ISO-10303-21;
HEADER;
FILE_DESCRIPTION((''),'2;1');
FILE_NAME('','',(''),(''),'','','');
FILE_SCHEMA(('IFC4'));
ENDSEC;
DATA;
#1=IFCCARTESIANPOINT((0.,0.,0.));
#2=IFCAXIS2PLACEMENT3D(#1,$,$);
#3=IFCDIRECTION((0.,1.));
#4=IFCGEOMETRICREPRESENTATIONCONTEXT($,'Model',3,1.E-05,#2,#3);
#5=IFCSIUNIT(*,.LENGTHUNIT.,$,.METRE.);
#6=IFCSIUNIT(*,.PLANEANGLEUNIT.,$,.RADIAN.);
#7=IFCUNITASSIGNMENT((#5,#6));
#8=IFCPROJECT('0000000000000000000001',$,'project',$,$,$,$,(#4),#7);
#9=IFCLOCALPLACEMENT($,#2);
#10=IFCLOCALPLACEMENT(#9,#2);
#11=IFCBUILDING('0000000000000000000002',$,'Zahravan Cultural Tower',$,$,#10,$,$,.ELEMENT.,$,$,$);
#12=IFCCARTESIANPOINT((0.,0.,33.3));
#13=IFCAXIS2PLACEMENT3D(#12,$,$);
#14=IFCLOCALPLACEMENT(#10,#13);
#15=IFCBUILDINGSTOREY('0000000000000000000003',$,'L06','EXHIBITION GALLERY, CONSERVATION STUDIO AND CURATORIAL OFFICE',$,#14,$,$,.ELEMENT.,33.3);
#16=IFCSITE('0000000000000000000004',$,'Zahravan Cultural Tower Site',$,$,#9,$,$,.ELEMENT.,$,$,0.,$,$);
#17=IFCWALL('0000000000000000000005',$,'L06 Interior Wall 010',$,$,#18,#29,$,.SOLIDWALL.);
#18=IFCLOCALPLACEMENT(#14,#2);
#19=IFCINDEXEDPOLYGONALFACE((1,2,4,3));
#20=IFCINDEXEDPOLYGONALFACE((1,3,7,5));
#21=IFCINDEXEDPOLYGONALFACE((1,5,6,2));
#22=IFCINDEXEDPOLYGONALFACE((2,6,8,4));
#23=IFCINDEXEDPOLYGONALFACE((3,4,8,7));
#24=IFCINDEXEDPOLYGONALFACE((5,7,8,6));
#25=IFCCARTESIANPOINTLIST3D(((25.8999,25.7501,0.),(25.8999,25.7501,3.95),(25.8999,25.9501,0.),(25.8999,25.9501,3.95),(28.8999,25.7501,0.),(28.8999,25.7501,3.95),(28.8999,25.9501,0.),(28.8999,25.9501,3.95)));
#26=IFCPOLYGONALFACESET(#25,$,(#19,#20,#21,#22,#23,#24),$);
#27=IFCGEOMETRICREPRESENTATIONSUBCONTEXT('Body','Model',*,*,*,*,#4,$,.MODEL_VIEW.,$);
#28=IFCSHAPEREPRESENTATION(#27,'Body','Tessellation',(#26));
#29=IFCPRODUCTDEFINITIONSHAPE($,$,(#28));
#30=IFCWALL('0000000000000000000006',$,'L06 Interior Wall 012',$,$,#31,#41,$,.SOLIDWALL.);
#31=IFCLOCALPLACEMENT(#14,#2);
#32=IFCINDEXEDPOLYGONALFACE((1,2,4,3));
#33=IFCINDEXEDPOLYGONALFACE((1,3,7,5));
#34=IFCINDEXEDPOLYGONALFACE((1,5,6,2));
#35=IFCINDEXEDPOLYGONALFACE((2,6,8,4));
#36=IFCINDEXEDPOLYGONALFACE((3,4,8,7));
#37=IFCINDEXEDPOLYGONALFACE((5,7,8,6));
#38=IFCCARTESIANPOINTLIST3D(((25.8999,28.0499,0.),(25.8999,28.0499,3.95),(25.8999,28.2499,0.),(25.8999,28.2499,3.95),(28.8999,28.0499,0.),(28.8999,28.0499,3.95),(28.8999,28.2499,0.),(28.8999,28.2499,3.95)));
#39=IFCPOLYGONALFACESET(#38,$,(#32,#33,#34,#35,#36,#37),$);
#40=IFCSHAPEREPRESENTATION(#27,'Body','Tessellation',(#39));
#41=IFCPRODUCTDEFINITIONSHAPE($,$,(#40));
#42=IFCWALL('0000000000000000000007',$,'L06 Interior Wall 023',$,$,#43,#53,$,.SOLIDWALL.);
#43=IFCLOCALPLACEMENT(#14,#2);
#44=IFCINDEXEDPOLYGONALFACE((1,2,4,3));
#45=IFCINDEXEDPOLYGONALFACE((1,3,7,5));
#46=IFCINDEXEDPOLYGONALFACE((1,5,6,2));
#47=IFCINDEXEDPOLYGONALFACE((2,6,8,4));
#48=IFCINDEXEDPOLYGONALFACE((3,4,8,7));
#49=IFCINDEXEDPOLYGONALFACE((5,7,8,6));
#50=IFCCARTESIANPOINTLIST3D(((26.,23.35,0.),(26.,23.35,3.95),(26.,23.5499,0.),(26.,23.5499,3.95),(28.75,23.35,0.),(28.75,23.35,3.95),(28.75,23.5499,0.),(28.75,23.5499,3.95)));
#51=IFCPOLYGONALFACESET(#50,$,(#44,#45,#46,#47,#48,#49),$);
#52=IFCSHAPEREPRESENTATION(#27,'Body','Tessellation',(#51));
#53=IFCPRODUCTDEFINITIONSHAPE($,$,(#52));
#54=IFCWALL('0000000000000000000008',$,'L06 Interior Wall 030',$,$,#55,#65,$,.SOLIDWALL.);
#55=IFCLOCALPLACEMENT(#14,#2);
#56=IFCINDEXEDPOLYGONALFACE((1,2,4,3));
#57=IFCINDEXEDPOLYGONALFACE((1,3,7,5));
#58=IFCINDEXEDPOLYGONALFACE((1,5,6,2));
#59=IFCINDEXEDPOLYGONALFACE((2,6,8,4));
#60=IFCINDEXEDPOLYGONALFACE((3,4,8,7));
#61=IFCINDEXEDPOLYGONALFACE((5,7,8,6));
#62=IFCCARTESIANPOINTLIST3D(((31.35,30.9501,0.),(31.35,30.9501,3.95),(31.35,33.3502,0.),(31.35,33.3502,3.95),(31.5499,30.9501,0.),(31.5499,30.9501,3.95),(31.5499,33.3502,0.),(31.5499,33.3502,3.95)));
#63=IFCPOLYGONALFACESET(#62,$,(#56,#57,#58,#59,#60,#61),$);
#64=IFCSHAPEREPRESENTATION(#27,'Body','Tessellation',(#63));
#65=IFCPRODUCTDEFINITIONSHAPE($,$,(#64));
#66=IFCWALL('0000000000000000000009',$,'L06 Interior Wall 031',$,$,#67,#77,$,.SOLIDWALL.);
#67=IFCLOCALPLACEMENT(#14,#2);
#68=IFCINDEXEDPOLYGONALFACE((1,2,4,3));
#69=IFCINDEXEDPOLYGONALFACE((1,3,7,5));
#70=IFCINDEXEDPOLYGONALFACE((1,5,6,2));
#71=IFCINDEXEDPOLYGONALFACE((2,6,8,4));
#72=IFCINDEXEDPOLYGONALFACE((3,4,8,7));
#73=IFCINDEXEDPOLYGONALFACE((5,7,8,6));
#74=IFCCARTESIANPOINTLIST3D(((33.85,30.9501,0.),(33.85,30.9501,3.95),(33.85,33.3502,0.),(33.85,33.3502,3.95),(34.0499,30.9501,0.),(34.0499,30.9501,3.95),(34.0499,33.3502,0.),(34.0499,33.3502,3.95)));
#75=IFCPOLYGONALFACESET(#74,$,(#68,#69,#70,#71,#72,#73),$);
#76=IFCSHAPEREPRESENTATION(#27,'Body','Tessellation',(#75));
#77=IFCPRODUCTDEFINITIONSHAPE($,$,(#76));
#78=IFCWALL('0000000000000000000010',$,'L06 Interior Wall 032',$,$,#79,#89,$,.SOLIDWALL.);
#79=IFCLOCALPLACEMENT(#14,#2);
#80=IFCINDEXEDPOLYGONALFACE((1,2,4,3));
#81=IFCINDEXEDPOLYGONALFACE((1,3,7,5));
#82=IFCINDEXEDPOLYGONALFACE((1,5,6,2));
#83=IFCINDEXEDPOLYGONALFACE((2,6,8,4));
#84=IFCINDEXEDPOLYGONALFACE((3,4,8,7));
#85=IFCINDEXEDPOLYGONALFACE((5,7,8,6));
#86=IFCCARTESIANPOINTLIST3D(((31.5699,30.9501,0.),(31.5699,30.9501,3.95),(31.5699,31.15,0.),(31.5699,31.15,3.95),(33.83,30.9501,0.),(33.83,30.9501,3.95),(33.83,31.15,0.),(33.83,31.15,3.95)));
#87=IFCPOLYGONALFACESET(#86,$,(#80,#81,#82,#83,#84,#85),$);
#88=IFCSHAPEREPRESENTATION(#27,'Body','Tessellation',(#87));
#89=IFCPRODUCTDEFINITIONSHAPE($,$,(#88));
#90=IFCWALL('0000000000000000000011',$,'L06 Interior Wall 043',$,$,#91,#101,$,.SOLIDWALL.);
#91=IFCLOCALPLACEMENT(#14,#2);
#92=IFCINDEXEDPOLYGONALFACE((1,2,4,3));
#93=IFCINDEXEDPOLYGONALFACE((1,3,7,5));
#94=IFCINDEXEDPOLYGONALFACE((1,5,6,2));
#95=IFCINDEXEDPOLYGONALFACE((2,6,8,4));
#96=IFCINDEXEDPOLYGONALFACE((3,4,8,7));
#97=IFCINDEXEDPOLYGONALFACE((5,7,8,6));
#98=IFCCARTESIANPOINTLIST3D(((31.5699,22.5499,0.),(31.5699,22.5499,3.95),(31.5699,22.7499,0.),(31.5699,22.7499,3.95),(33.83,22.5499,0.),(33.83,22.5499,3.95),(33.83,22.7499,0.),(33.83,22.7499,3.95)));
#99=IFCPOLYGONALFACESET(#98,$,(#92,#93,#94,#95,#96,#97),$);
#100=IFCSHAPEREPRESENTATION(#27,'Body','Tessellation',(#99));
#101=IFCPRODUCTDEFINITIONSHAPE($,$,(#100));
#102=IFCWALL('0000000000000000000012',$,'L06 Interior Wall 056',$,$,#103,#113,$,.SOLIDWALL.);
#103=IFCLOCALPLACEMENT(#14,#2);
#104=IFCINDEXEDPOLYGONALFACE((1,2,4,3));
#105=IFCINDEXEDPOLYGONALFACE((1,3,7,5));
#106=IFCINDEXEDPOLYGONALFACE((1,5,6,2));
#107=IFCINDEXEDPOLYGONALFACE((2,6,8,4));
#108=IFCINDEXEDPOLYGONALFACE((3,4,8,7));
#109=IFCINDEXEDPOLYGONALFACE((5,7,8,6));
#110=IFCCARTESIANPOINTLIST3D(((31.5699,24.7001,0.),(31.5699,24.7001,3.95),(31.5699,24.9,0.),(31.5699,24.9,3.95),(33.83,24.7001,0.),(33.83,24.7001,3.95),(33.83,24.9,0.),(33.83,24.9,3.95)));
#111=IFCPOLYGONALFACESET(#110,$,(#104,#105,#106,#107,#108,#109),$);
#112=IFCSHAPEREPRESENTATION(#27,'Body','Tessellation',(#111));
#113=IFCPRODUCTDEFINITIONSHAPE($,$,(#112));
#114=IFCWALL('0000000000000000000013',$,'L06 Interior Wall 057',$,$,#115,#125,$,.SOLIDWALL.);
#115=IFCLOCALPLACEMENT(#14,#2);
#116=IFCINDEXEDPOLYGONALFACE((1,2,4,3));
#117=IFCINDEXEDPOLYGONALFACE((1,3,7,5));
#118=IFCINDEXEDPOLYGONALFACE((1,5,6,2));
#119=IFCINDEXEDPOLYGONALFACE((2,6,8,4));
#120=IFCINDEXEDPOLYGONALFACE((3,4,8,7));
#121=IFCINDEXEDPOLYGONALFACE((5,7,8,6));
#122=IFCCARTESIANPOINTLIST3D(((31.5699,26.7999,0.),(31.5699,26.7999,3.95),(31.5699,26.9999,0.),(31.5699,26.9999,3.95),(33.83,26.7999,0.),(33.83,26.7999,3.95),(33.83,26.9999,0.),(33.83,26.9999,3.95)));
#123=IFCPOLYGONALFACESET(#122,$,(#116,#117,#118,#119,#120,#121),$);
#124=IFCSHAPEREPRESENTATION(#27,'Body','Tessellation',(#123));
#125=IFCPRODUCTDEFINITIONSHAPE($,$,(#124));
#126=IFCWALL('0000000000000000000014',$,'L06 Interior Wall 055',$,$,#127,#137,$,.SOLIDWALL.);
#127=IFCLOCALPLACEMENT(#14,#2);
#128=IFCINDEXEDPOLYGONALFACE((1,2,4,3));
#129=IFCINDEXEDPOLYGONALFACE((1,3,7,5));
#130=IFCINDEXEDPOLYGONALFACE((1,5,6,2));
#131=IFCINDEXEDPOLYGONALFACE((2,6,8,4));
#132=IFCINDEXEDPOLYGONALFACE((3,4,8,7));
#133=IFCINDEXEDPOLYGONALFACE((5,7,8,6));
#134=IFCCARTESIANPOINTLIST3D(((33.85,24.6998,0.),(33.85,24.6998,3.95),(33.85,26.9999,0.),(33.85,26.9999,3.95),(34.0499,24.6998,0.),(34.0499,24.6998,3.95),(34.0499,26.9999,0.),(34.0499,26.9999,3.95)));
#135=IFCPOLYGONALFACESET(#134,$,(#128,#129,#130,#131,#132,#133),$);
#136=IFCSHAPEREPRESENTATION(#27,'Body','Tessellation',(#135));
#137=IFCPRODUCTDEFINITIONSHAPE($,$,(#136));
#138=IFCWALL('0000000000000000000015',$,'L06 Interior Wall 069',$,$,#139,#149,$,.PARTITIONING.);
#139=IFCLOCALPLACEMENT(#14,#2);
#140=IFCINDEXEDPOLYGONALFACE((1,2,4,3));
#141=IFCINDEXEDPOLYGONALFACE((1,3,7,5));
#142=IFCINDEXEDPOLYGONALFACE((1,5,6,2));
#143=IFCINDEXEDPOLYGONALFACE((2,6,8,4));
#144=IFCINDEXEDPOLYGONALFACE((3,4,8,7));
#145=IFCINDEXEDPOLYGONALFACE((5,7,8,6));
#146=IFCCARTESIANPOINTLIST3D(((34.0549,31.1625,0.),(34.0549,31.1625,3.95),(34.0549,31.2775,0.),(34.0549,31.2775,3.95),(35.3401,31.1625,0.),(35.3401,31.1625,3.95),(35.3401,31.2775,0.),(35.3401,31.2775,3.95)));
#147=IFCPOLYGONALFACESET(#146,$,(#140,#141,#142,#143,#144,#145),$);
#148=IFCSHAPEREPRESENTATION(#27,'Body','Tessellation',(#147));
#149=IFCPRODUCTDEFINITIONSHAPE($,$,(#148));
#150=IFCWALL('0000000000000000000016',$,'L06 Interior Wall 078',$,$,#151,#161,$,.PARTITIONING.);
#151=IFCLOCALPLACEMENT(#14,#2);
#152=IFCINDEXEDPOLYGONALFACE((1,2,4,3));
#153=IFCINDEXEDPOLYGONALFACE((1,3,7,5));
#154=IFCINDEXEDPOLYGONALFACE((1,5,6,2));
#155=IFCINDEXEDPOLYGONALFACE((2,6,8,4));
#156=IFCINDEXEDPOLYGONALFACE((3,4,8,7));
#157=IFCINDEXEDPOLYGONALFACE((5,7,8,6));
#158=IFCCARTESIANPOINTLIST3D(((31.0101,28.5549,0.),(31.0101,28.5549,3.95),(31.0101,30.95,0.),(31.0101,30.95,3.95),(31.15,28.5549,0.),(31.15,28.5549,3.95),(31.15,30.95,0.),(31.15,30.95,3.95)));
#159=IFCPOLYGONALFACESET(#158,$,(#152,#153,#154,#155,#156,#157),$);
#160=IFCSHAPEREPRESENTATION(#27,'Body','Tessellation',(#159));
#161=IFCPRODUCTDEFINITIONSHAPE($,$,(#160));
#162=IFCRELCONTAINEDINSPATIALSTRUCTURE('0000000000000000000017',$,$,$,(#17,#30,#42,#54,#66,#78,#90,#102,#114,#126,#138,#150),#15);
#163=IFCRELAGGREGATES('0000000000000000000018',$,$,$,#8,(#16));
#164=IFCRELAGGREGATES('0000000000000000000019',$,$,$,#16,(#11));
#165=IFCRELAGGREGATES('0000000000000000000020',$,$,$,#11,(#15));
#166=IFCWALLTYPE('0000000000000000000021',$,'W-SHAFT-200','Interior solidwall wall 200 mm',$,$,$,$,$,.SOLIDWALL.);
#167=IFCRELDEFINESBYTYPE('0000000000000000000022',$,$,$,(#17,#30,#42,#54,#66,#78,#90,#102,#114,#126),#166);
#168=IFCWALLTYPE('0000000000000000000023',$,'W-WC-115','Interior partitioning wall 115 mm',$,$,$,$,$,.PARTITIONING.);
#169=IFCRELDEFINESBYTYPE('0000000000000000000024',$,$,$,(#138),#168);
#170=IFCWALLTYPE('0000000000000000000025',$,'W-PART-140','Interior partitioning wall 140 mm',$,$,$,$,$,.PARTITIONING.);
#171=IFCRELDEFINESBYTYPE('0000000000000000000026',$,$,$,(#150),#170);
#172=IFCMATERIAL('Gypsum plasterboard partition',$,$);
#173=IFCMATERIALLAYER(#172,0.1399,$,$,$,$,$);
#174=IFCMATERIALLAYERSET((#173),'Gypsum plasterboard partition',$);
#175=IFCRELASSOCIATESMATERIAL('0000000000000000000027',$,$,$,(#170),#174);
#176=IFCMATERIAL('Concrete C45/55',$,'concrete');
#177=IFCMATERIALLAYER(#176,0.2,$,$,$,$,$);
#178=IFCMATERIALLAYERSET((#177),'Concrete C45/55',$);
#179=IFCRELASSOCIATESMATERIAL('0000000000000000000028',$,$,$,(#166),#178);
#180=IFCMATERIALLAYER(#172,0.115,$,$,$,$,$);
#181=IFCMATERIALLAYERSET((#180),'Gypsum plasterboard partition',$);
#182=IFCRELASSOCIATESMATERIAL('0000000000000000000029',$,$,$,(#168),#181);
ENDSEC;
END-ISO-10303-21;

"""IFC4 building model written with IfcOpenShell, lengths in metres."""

from ifc_helpers import new_model, si_unit, direction, frame, frame_2d, origin, place, context, subcontext, project, spatial, rectangle, extrude, source, transform, mapped, material, layer, layer_set, type_object, element, save


model = new_model("IFC4")

# Units and contexts
model_context = context("Model", 3, precision=1e-05, world=origin(), true_north=direction((0.0, 1.0)))
body_context = subcontext(model_context, "Body", "Model", "MODEL_VIEW")
ifc_project = project(units=[si_unit("LENGTHUNIT", "METRE"), si_unit("PLANEANGLEUNIT", "RADIAN")], contexts=[model_context])

# Site, building, storey
site_placement = place(None, origin())
site = spatial("IfcSite", under=ifc_project, at=site_placement, Name="Zahravan Cultural Tower Site", CompositionType="ELEMENT", RefElevation=0.0)
building_placement = place(site_placement, origin())
building = spatial("IfcBuilding", under=site, at=building_placement, Name="Zahravan Cultural Tower", CompositionType="ELEMENT")
storey_placement = place(building_placement, frame((0.0, 0.0, 33.3)))
storey = spatial("IfcBuildingStorey", under=building, at=storey_placement, Name="L06", Description="EXHIBITION GALLERY, CONSERVATION STUDIO AND CURATORIAL OFFICE", CompositionType="ELEMENT", Elevation=33.3)

# Shared definitions
ifc_material_1 = material(Name="Gypsum plasterboard partition")
ifc_layer_1 = layer(ifc_material_1, 0.1399)
ifc_layer_set_1 = layer_set([ifc_layer_1], Name="Gypsum plasterboard partition")
wall_type_1 = type_object("IfcWallType", Name="W-PART-140", Description="Interior partitioning wall 140 mm", PredefinedType="PARTITIONING", material=ifc_layer_set_1)
ifc_material_2 = material(Name="Concrete C45/55", Category="concrete")
ifc_layer_2 = layer(ifc_material_2, 0.2)
ifc_layer_set_2 = layer_set([ifc_layer_2], Name="Concrete C45/55")
wall_type_2 = type_object("IfcWallType", Name="W-SHAFT-200", Description="Interior solidwall wall 200 mm", PredefinedType="SOLIDWALL", material=ifc_layer_set_2)

# Walls
shared_shape_1 = source(origin(), body_context, "Body", "SweptSolid", [
    extrude(rectangle(XDim=3.0, YDim=0.2, at=frame_2d((1.5, 0.0))), origin(), (0.0, 0.0, 1.0), 3.95),
])
for number, where, z_axis, x_axis, name in (
    (1, (25.8999, 25.8501, 0.0), (0.0, 0.0, 1.0), (1.0, 0.0, 0.0), "L06 Interior Wall 010"),
    (2, (25.8999, 28.1499, 0.0), (0.0, 0.0, 1.0), (1.0, 0.0, 0.0), "L06 Interior Wall 012"),
):
    element("IfcWall", number, at=place(storey_placement, frame(where, z_axis=z_axis, x_axis=x_axis)), inside=storey, type_object=wall_type_2, Name=name, PredefinedType="SOLIDWALL", context=body_context, shape_type="MappedRepresentation", body=[
        mapped(shared_shape_1, transform((0.0, 0.0, 0.0), x_axis=(1.0, 0.0, 0.0), y_axis=(0.0, 1.0, 0.0), z_axis=(0.0, 0.0, 1.0), scale=1.0)),
    ])
shared_shape_2 = source(origin(), body_context, "Body", "SweptSolid", [
    extrude(rectangle(XDim=2.75, YDim=0.2, at=frame_2d((1.375, 0.0))), origin(), (0.0, 0.0, 1.0), 3.95),
])
wall_1_placement = place(storey_placement, frame((26.0, 23.45, 0.0), z_axis=(0.0, 0.0, 1.0), x_axis=(1.0, 0.0, 0.0)))
element("IfcWall", 3, at=wall_1_placement, inside=storey, type_object=wall_type_2, Name="L06 Interior Wall 023", PredefinedType="SOLIDWALL", context=body_context, shape_type="MappedRepresentation", body=[
    mapped(shared_shape_2, transform((0.0, 0.0, 0.0), x_axis=(1.0, 0.0, 0.0), y_axis=(0.0, 1.0, 0.0), z_axis=(0.0, 0.0, 1.0), scale=1.0)),
])
shared_shape_3 = source(origin(), body_context, "Body", "SweptSolid", [
    extrude(rectangle(XDim=2.4001, YDim=0.2, at=frame_2d((1.2002, 0.0))), origin(), (0.0, 0.0, 1.0), 3.95),
])
for number, where, z_axis, x_axis, name in (
    (4, (31.45, 30.95, 0.0), (0.0, 0.0, 1.0), (0.0, 1.0, 0.0), "L06 Interior Wall 030"),
    (5, (33.95, 30.95, 0.0), (0.0, 0.0, 1.0), (0.0, 1.0, 0.0), "L06 Interior Wall 031"),
):
    element("IfcWall", number, at=place(storey_placement, frame(where, z_axis=z_axis, x_axis=x_axis)), inside=storey, type_object=wall_type_2, Name=name, PredefinedType="SOLIDWALL", context=body_context, shape_type="MappedRepresentation", body=[
        mapped(shared_shape_3, transform((0.0, 0.0, 0.0), x_axis=(1.0, 0.0, 0.0), y_axis=(0.0, 1.0, 0.0), z_axis=(0.0, 0.0, 1.0), scale=1.0)),
    ])
shared_shape_4 = source(origin(), body_context, "Body", "SweptSolid", [
    extrude(rectangle(XDim=2.26, YDim=0.2, at=frame_2d((1.1299, 0.0))), origin(), (0.0, 0.0, 1.0), 3.95),
])
for number, where, z_axis, x_axis, name in (
    (6, (31.5701, 31.05, 0.0), (0.0, 0.0, 1.0), (1.0, 0.0, 0.0), "L06 Interior Wall 032"),
    (7, (31.5701, 22.6499, 0.0), (0.0, 0.0, 1.0), (1.0, 0.0, 0.0), "L06 Interior Wall 043"),
    (8, (31.5701, 24.8, 0.0), (0.0, 0.0, 1.0), (1.0, 0.0, 0.0), "L06 Interior Wall 056"),
    (9, (31.5701, 26.8999, 0.0), (0.0, 0.0, 1.0), (1.0, 0.0, 0.0), "L06 Interior Wall 057"),
):
    element("IfcWall", number, at=place(storey_placement, frame(where, z_axis=z_axis, x_axis=x_axis)), inside=storey, type_object=wall_type_2, Name=name, PredefinedType="SOLIDWALL", context=body_context, shape_type="MappedRepresentation", body=[
        mapped(shared_shape_4, transform((0.0, 0.0, 0.0), x_axis=(1.0, 0.0, 0.0), y_axis=(0.0, 1.0, 0.0), z_axis=(0.0, 0.0, 1.0), scale=1.0)),
    ])
shared_shape_5 = source(origin(), body_context, "Body", "SweptSolid", [
    extrude(rectangle(XDim=2.3, YDim=0.2, at=frame_2d((1.1499, 0.0))), origin(), (0.0, 0.0, 1.0), 3.95),
])
wall_2_placement = place(storey_placement, frame((33.95, 24.7, 0.0), z_axis=(0.0, 0.0, 1.0), x_axis=(0.0, 1.0, 0.0)))
element("IfcWall", 10, at=wall_2_placement, inside=storey, type_object=wall_type_2, Name="L06 Interior Wall 055", PredefinedType="SOLIDWALL", context=body_context, shape_type="MappedRepresentation", body=[
    mapped(shared_shape_5, transform((0.0, 0.0, 0.0), x_axis=(1.0, 0.0, 0.0), y_axis=(0.0, 1.0, 0.0), z_axis=(0.0, 0.0, 1.0), scale=1.0)),
])
ifc_layer_3 = layer(ifc_material_1, 0.115)
ifc_layer_set_3 = layer_set([ifc_layer_3], Name="Gypsum plasterboard partition")
wall_type_3 = type_object("IfcWallType", Name="W-WC-115", Description="Interior partitioning wall 115 mm", PredefinedType="PARTITIONING", material=ifc_layer_set_3)
shared_shape_6 = source(origin(), body_context, "Body", "SweptSolid", [
    extrude(rectangle(XDim=1.2852, YDim=0.115, at=frame_2d((0.6426, 0.0))), origin(), (0.0, 0.0, 1.0), 3.95),
])
wall_3_placement = place(storey_placement, frame((35.3401, 31.22, 0.0), z_axis=(0.0, 0.0, 1.0), x_axis=(-1.0, 0.0, 0.0)))
element("IfcWall", 11, at=wall_3_placement, inside=storey, type_object=wall_type_3, Name="L06 Interior Wall 069", PredefinedType="PARTITIONING", context=body_context, shape_type="MappedRepresentation", body=[
    mapped(shared_shape_6, transform((0.0, 0.0, 0.0), x_axis=(1.0, 0.0, 0.0), y_axis=(0.0, 1.0, 0.0), z_axis=(0.0, 0.0, 1.0), scale=1.0)),
])
shared_shape_7 = source(origin(), body_context, "Body", "SweptSolid", [
    extrude(rectangle(XDim=2.395, YDim=0.1399, at=frame_2d((1.1975, 0.0))), origin(), (0.0, 0.0, 1.0), 3.95),
])
wall_4_placement = place(storey_placement, frame((31.0801, 28.5549, 0.0), z_axis=(0.0, 0.0, 1.0), x_axis=(0.0, 1.0, 0.0)))
element("IfcWall", 12, at=wall_4_placement, inside=storey, type_object=wall_type_1, Name="L06 Interior Wall 078", PredefinedType="PARTITIONING", context=body_context, shape_type="MappedRepresentation", body=[
    mapped(shared_shape_7, transform((0.0, 0.0, 0.0), x_axis=(1.0, 0.0, 0.0), y_axis=(0.0, 1.0, 0.0), z_axis=(0.0, 0.0, 1.0), scale=1.0)),
])

save(model, "model.ifc")
